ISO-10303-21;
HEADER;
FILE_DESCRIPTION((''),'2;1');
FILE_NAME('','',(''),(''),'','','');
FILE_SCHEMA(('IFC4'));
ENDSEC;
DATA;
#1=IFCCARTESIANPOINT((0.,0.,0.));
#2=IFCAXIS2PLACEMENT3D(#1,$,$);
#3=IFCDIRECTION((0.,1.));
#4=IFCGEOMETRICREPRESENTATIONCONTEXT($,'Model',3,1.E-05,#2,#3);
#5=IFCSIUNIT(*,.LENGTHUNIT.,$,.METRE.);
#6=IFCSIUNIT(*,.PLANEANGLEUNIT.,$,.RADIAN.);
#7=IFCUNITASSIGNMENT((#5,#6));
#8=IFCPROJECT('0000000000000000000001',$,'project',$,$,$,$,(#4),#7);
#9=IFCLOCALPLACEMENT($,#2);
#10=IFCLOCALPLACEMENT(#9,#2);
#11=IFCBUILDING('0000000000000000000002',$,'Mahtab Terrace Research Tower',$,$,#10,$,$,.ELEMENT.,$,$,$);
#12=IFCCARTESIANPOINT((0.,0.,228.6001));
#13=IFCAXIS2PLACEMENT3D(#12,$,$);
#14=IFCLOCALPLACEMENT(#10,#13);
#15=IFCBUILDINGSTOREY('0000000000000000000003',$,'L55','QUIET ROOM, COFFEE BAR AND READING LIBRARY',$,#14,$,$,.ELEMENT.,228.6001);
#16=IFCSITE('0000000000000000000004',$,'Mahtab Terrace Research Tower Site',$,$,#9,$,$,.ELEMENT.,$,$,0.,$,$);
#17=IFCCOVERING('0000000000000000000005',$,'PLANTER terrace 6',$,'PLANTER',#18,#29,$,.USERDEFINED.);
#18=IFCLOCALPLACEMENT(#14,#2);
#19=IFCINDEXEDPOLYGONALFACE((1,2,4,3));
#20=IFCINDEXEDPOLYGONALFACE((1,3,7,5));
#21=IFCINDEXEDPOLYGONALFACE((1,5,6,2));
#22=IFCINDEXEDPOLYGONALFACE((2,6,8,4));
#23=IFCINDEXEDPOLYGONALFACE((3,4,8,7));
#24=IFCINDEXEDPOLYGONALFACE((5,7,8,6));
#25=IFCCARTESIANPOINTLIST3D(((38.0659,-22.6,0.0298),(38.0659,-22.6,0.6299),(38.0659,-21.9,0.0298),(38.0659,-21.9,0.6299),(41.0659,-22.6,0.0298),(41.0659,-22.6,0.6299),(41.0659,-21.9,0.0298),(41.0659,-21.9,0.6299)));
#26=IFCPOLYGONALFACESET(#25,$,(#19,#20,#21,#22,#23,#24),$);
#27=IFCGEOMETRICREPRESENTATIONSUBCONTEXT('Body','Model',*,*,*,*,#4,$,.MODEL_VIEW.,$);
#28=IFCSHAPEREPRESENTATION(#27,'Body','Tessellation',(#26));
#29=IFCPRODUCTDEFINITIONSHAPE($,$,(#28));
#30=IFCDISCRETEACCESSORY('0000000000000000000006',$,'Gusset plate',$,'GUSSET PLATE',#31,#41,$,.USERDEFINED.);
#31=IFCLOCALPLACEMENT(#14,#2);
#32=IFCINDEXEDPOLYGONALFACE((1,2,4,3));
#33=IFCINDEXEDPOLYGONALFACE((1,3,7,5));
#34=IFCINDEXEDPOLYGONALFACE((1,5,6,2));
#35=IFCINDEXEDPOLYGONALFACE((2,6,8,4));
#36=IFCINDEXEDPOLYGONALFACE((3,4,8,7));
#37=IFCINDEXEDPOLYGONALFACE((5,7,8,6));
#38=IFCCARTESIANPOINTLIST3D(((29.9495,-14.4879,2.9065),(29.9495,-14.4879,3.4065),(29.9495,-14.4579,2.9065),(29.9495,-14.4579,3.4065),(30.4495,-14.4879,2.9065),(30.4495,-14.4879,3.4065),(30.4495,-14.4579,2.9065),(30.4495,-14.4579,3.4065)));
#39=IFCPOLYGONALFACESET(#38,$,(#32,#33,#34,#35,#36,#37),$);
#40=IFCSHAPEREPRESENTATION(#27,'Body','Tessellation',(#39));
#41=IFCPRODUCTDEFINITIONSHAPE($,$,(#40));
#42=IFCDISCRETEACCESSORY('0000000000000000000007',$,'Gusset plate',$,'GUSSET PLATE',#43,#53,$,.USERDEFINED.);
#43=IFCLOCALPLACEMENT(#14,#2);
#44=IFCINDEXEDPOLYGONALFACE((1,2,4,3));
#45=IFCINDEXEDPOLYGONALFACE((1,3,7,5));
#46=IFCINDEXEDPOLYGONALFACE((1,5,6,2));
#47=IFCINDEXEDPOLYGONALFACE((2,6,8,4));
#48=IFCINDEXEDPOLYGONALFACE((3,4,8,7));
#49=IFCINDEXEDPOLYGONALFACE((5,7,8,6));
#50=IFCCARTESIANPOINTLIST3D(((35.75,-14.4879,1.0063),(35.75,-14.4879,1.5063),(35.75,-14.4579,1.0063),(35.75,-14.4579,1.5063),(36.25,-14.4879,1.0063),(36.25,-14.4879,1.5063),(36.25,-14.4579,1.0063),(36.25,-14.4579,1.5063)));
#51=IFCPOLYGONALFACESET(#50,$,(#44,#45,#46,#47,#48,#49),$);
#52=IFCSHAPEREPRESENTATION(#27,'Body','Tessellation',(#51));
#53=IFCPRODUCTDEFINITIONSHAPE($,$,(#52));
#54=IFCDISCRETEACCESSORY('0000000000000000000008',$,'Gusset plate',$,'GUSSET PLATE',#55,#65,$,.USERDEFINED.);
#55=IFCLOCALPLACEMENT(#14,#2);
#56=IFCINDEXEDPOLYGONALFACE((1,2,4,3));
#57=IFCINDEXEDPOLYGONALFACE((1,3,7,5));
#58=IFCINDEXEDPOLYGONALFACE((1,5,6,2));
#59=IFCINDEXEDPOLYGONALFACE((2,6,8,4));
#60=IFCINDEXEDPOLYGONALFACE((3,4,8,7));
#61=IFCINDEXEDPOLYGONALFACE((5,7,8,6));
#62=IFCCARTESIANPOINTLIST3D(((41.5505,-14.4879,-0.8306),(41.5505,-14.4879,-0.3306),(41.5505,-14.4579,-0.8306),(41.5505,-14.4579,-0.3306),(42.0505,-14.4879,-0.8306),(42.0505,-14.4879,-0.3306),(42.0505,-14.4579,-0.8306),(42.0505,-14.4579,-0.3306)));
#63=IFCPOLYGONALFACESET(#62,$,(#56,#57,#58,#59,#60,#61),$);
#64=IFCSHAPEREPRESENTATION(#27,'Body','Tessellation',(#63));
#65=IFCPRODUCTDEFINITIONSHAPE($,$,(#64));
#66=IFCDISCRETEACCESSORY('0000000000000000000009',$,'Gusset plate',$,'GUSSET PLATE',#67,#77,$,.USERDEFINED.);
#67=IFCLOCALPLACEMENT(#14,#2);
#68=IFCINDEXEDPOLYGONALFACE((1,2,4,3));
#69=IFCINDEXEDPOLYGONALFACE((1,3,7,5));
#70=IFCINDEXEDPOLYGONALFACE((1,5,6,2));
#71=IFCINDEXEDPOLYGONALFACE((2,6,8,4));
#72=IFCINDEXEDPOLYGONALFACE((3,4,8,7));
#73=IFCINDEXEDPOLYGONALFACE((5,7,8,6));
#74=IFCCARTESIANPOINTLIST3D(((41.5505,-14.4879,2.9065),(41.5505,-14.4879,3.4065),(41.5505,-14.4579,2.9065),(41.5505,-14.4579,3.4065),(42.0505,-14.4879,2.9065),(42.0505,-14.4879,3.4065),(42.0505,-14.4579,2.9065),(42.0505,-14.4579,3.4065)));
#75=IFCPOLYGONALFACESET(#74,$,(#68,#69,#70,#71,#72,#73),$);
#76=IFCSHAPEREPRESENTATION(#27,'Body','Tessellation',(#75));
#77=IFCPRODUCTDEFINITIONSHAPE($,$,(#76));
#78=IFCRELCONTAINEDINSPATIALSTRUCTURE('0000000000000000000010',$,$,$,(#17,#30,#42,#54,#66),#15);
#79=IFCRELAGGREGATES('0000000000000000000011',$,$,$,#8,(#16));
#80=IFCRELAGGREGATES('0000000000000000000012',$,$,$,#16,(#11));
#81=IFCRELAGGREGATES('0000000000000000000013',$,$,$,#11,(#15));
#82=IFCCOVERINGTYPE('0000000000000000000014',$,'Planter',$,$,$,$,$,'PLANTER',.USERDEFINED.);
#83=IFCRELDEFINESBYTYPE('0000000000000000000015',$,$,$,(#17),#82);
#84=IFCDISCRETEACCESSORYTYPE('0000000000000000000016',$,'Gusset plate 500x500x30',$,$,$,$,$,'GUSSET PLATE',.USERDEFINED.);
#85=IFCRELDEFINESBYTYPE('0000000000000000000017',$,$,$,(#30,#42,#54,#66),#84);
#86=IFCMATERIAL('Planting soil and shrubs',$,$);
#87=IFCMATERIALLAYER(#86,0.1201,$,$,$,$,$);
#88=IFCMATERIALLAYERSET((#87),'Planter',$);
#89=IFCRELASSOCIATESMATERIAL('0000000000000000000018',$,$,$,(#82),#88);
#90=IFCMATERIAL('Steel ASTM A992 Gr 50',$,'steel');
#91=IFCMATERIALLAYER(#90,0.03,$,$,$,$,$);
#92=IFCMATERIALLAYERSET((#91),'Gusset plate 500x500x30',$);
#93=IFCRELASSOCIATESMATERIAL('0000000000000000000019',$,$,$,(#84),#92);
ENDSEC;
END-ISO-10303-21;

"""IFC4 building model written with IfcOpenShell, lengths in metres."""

from ifc_helpers import new_model, si_unit, direction, frame, origin, origin_2d, place, context, subcontext, project, spatial, rectangle, extrude, material, layer, layer_set, type_object, element, save


model = new_model("IFC4")

# Units and contexts
model_context = context("Model", 3, precision=1e-05, world=origin(), true_north=direction((0.0, 1.0)))
body_context = subcontext(model_context, "Body", "Model", "MODEL_VIEW")
ifc_project = project(units=[si_unit("LENGTHUNIT", "METRE"), si_unit("PLANEANGLEUNIT", "RADIAN")], contexts=[model_context])

# Site, building, storey
site_placement = place(None, origin())
site = spatial("IfcSite", under=ifc_project, at=site_placement, Name="Mahtab Terrace Research Tower Site", CompositionType="ELEMENT", RefElevation=0.0)
building_placement = place(site_placement, origin())
building = spatial("IfcBuilding", under=site, at=building_placement, Name="Mahtab Terrace Research Tower", CompositionType="ELEMENT")
storey_placement = place(building_placement, frame((0.0, 0.0, 228.6001)))
storey = spatial("IfcBuildingStorey", under=building, at=storey_placement, Name="L55", Description="QUIET ROOM, COFFEE BAR AND READING LIBRARY", CompositionType="ELEMENT", Elevation=228.6001)

# Shared definitions
ifc_material_1 = material(Name="Steel ASTM A992 Gr 50", Category="steel")

# Covering
ifc_material_2 = material(Name="Planting soil and shrubs")
ifc_layer_1 = layer(ifc_material_2, 0.1201)
ifc_layer_set_1 = layer_set([ifc_layer_1], Name="Planter")
covering_type = type_object("IfcCoveringType", Name="Planter", ElementType="PLANTER", PredefinedType="USERDEFINED", material=ifc_layer_set_1)
for number, where, z_axis, x_axis, name in (
    (1, (39.5659, -22.25, 0.0298), (0.0, 0.0, 1.0), (1.0, 0.0, 0.0), "PLANTER terrace 6"),
):
    element("IfcCovering", number, at=place(storey_placement, frame(where, z_axis=z_axis, x_axis=x_axis)), inside=storey, type_object=covering_type, Name=name, ObjectType="PLANTER", PredefinedType="USERDEFINED", context=body_context, shape_type="SweptSolid", body=[
        extrude(rectangle(XDim=3.0, YDim=0.7, at=origin_2d()), origin(), (0.0, 0.0, 1.0), 0.6001),
    ])

# Discrete accessories
ifc_layer_2 = layer(ifc_material_1, 0.03)
ifc_layer_set_2 = layer_set([ifc_layer_2], Name="Gusset plate 500x500x30")
discrete_accessory_type = type_object("IfcDiscreteAccessoryType", Name="Gusset plate 500x500x30", ElementType="GUSSET PLATE", PredefinedType="USERDEFINED", material=ifc_layer_set_2)
for number, where, z_axis, x_axis, name in (
    (2, (30.1995, -14.4729, 2.9065), (0.0, 0.0, 1.0), (1.0, 0.0, 0.0), "Gusset plate"),
    (3, (36.0, -14.4729, 1.0063), (0.0, 0.0, 1.0), (1.0, 0.0, 0.0), "Gusset plate"),
    (4, (41.8005, -14.4729, -0.8306), (0.0, 0.0, 1.0), (1.0, 0.0, 0.0), "Gusset plate"),
    (5, (41.8005, -14.4729, 2.9065), (0.0, 0.0, 1.0), (1.0, 0.0, 0.0), "Gusset plate"),
):
    element("IfcDiscreteAccessory", number, at=place(storey_placement, frame(where, z_axis=z_axis, x_axis=x_axis)), inside=storey, type_object=discrete_accessory_type, Name=name, ObjectType="GUSSET PLATE", PredefinedType="USERDEFINED", context=body_context, shape_type="SweptSolid", body=[
        extrude(rectangle(XDim=0.5, YDim=0.03, at=origin_2d()), origin(), (0.0, 0.0, 1.0), 0.5),
    ])

save(model, "model.ifc")
